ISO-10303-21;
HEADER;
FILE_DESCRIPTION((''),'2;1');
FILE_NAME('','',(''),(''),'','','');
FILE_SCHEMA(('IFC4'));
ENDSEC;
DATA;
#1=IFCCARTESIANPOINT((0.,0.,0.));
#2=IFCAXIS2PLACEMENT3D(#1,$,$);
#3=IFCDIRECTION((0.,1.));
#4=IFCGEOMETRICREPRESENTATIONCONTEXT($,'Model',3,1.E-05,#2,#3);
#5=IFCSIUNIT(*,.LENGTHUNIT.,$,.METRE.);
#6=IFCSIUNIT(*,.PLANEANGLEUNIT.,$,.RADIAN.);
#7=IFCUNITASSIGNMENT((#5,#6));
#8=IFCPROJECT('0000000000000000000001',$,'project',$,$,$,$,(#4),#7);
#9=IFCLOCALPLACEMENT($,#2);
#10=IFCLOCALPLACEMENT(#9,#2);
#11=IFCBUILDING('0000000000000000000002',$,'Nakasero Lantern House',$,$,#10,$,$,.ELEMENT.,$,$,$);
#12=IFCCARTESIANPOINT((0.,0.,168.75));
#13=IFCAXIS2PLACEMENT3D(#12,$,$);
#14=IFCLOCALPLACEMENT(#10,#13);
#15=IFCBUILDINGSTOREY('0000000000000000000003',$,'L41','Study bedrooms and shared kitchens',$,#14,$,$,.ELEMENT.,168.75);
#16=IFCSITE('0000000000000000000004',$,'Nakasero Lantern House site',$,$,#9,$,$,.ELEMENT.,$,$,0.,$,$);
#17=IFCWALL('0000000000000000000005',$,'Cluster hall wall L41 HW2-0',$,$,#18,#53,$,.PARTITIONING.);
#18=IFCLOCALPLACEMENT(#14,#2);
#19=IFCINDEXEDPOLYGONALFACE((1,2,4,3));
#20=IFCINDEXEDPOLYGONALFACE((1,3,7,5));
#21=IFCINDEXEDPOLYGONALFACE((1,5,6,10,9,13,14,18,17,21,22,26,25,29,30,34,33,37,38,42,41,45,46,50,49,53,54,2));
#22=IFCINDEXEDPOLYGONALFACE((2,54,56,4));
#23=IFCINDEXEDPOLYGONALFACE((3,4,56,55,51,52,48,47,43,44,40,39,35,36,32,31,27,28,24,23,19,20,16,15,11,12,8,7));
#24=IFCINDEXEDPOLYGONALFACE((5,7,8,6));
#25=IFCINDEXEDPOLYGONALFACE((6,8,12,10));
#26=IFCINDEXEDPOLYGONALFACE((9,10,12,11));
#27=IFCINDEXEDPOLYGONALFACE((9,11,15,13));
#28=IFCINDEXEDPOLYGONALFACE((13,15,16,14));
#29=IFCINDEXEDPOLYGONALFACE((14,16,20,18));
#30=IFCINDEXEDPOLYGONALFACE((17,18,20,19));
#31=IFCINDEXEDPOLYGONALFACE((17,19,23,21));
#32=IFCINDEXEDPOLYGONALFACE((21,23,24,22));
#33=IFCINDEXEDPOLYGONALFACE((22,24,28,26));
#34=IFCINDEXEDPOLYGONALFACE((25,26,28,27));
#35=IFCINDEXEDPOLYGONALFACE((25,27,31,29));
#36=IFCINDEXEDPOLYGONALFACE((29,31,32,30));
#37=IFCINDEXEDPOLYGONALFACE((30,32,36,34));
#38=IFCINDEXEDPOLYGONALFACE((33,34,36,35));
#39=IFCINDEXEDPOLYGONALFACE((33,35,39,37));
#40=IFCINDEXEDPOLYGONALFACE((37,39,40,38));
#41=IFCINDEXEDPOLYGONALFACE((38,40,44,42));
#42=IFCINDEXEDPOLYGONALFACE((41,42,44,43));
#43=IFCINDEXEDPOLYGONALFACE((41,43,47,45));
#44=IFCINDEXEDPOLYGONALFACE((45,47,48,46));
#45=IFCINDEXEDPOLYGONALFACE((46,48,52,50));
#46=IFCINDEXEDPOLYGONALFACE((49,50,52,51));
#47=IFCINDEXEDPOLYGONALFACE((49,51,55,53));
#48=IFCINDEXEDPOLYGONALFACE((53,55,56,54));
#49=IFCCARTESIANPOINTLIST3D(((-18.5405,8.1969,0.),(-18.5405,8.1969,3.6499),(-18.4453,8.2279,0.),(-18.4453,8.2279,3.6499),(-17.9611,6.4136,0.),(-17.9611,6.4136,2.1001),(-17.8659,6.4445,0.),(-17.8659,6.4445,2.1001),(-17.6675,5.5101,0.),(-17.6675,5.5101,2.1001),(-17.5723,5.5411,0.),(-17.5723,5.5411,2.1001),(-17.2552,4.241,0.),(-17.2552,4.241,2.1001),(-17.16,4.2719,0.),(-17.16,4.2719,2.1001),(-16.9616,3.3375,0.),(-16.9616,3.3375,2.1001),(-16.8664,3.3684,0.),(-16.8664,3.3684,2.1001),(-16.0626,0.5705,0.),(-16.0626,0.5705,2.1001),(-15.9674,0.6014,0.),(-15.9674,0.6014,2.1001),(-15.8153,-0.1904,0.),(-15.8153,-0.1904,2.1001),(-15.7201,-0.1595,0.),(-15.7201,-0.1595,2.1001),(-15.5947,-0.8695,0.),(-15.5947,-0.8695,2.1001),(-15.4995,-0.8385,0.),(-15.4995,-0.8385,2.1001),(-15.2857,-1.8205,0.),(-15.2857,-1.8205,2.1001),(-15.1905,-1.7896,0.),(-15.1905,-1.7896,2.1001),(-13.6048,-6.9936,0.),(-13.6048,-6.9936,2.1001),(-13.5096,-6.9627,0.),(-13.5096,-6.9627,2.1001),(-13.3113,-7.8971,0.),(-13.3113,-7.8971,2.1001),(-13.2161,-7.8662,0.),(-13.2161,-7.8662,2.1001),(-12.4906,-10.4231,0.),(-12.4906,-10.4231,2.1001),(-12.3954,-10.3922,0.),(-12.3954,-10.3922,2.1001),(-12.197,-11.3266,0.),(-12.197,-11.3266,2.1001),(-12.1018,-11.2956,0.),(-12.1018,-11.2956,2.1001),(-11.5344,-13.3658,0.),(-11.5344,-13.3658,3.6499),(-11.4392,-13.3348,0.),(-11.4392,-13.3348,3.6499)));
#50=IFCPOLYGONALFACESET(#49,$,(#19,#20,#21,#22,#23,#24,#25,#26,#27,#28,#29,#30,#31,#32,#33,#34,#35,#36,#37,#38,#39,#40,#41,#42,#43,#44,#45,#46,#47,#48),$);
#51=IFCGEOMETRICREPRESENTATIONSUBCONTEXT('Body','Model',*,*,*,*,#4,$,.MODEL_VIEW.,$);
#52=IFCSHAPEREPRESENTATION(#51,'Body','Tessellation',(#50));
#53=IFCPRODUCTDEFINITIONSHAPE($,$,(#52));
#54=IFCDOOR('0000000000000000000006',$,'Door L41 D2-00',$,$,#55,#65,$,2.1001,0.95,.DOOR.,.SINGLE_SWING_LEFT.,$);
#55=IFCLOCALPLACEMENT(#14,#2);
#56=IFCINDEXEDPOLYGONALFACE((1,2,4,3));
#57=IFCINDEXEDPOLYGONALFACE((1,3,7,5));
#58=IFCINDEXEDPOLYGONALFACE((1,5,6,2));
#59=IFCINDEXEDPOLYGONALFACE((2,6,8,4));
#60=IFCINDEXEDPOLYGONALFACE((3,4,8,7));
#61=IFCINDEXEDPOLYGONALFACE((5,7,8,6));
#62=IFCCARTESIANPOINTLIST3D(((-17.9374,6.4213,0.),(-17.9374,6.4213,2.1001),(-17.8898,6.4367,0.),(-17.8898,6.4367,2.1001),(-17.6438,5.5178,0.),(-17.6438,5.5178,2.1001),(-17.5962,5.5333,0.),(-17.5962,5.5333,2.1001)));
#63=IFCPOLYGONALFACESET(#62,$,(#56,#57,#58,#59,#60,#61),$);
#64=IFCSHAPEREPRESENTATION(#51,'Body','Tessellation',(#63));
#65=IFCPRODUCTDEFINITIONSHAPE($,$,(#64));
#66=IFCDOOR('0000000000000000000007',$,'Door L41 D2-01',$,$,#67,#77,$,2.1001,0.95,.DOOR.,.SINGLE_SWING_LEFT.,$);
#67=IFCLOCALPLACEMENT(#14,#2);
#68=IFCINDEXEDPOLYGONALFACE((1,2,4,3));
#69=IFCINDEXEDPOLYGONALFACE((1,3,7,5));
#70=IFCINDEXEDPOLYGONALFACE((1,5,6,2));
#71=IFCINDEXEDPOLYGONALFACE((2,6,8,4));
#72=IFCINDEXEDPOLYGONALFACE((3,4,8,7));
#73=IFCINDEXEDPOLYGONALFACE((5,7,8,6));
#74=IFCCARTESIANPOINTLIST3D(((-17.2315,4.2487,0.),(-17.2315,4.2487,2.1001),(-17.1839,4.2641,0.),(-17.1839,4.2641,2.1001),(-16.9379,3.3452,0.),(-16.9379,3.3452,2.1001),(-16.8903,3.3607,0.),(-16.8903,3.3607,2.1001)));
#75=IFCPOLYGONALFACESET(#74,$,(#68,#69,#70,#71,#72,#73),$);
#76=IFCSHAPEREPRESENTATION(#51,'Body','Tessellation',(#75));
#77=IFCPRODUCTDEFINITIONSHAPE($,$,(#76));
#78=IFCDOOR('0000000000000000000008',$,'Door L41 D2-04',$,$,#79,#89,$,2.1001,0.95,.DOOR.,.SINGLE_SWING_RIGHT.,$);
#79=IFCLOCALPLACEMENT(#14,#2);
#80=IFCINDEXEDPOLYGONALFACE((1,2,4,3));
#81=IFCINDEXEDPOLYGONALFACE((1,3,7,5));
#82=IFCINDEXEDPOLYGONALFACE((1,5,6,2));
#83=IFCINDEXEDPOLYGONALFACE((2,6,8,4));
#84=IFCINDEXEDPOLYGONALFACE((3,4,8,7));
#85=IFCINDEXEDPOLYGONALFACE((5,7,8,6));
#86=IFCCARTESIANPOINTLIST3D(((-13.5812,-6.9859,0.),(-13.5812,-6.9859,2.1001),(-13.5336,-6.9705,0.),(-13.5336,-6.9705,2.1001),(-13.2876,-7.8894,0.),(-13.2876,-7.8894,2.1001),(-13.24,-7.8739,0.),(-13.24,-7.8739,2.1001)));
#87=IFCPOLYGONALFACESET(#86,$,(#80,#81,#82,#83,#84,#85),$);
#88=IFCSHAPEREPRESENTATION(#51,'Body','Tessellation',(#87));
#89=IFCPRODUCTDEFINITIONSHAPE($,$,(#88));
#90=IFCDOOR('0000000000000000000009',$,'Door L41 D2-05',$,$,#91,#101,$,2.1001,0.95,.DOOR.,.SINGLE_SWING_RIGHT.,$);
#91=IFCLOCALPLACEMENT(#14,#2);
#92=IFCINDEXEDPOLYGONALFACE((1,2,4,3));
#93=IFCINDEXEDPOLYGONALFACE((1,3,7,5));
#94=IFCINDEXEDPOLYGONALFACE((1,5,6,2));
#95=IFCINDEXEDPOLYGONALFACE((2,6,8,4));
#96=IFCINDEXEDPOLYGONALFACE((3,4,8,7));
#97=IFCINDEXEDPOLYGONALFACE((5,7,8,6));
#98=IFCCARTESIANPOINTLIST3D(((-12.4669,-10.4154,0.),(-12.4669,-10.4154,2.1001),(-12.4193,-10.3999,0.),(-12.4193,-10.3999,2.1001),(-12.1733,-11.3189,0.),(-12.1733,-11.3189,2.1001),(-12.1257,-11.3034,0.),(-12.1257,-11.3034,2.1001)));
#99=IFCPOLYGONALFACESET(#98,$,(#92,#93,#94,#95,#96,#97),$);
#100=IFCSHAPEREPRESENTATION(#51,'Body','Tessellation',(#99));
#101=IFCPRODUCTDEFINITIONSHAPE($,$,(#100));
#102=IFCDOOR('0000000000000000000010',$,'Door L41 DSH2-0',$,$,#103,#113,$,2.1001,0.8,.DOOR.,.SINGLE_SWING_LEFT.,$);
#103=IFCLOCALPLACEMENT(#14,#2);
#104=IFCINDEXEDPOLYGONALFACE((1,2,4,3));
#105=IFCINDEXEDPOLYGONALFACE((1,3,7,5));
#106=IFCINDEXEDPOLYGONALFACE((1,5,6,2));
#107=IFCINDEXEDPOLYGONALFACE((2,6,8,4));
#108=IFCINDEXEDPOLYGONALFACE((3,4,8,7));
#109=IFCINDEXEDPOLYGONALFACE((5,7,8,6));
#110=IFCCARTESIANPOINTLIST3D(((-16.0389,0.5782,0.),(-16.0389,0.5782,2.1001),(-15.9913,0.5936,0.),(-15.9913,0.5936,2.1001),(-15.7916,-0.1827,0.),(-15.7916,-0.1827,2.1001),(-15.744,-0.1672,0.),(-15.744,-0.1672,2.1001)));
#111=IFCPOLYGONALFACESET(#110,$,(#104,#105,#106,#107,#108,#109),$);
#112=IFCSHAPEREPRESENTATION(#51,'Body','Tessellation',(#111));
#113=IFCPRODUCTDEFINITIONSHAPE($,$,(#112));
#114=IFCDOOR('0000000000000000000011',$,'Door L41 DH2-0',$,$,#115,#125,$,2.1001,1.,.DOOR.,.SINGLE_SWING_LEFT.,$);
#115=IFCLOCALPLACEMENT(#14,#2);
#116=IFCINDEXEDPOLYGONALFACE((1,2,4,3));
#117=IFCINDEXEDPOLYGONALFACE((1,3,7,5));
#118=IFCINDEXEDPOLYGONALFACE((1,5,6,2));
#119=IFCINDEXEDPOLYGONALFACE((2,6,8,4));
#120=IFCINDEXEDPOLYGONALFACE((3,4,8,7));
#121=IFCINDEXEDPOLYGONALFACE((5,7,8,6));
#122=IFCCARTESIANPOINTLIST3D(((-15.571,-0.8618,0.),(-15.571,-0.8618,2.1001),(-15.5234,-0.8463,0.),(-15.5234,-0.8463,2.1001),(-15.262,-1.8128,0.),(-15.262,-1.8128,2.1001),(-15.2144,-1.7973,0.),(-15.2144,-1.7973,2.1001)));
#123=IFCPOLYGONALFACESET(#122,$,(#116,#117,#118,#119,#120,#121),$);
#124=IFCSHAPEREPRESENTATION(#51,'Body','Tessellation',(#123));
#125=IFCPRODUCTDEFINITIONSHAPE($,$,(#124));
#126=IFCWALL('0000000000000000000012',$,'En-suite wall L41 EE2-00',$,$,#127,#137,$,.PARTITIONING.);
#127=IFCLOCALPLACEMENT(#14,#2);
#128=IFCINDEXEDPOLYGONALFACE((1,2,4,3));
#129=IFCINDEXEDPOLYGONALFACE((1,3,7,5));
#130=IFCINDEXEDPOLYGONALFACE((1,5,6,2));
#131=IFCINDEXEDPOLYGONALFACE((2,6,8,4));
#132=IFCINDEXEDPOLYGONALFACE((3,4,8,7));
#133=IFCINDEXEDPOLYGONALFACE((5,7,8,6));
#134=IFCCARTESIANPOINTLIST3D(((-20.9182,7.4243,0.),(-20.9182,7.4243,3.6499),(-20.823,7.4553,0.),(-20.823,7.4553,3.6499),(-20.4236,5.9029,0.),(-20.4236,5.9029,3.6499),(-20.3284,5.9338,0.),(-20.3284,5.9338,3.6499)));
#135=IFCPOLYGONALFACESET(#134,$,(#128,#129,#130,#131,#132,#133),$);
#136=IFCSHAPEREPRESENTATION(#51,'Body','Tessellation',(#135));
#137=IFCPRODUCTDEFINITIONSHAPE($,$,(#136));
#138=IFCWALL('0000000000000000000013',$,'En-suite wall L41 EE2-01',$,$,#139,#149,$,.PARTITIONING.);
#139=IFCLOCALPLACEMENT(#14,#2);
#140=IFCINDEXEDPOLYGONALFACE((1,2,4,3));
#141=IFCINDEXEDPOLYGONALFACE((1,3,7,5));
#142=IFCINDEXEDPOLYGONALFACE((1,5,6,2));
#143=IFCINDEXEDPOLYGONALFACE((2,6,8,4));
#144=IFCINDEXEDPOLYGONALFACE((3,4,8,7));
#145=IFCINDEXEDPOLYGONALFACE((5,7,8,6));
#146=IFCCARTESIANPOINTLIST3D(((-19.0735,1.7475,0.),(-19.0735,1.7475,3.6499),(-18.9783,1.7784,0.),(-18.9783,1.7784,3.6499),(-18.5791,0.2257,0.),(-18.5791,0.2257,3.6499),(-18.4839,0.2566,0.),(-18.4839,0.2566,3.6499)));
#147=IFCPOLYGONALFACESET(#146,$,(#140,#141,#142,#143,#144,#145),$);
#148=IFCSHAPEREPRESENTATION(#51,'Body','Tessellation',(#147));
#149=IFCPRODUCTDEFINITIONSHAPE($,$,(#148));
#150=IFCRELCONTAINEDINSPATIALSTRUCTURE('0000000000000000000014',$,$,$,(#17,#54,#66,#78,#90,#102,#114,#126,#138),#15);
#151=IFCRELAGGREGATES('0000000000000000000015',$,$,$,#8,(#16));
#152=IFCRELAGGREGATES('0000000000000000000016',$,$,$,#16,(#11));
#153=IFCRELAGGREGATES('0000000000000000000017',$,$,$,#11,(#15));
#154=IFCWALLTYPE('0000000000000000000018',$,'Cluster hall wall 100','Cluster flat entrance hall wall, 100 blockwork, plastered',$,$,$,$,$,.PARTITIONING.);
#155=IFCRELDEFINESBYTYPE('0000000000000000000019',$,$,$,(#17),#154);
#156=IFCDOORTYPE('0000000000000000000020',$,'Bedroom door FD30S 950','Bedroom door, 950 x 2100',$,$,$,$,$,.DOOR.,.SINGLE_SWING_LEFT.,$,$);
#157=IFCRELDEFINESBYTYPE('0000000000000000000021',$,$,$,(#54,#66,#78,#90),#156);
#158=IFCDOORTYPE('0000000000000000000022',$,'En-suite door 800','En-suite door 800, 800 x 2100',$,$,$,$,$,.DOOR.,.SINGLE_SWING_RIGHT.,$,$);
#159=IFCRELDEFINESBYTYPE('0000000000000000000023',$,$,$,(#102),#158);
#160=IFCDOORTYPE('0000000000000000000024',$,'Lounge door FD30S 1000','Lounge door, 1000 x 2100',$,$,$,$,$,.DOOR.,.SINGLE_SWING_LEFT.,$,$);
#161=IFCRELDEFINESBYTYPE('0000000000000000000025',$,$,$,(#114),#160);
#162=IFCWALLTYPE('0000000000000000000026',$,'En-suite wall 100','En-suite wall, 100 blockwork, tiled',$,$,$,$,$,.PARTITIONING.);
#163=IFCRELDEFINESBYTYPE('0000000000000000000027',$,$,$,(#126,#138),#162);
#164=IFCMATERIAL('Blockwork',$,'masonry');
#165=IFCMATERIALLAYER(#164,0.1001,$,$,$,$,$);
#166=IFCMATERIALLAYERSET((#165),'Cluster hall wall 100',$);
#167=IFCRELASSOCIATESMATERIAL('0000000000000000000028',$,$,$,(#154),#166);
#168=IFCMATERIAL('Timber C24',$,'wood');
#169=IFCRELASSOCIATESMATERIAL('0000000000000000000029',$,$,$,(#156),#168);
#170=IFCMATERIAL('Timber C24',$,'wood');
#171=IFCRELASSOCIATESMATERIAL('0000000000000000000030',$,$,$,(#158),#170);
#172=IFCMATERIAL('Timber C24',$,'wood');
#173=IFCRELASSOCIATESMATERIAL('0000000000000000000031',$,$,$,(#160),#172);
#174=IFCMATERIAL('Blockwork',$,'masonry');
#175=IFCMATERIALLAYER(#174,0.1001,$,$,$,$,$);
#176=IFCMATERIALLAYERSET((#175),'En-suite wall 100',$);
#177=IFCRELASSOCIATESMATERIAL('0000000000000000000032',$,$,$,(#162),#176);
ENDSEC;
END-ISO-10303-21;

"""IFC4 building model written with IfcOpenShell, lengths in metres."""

from ifc_helpers import new_model, si_unit, direction, frame, frame_2d, origin, place, context, subcontext, project, spatial, rectangle, extrude, material, layer, layer_set, type_object, element, fill, save


model = new_model("IFC4")

# Units and contexts
model_context = context("Model", 3, precision=1e-05, world=origin(), true_north=direction((0.0, 1.0)))
body_context = subcontext(model_context, "Body", "Model", "MODEL_VIEW")
ifc_project = project(units=[si_unit("LENGTHUNIT", "METRE"), si_unit("PLANEANGLEUNIT", "RADIAN")], contexts=[model_context])

# Site, building, storey
site_placement = place(None, origin())
site = spatial("IfcSite", under=ifc_project, at=site_placement, Name="Nakasero Lantern House site", CompositionType="ELEMENT", RefElevation=0.0)
building_placement = place(site_placement, origin())
building = spatial("IfcBuilding", under=site, at=building_placement, Name="Nakasero Lantern House", CompositionType="ELEMENT")
storey_placement = place(building_placement, frame((0.0, 0.0, 168.75)))
storey = spatial("IfcBuildingStorey", under=building, at=storey_placement, Name="L41", Description="Study bedrooms and shared kitchens", CompositionType="ELEMENT", Elevation=168.75)

# Wall, openings, doors
ifc_material_1 = material(Name="Blockwork", Category="masonry")
ifc_layer_1 = layer(ifc_material_1, 0.1001)
ifc_layer_set_1 = layer_set([ifc_layer_1], Name="Cluster hall wall 100")
wall_type_1 = type_object("IfcWallType", Name="Cluster hall wall 100", Description="Cluster flat entrance hall wall, 100 blockwork, plastered", PredefinedType="PARTITIONING", material=ifc_layer_set_1)
wall_1_placement = place(storey_placement, frame((-18.4929, 8.2124, 0.0), z_axis=(0.0, 0.0, 1.0), x_axis=(0.309015, -0.951057, 0.0)))
wall_1 = element("IfcWall", 1, at=wall_1_placement, inside=storey, type_object=wall_type_1, Name="Cluster hall wall L41 HW2-0", PredefinedType="PARTITIONING", context=body_context, shape_type="SweptSolid", body=[
    extrude(rectangle(XDim=22.6724, YDim=0.1001, at=frame_2d((11.3362, 0.0))), origin(), (0.0, 0.0, 1.0), 3.6499),
])
opening_1_placement = place(wall_1_placement, frame((9.533, 0.0, 0.0)))
opening_1 = element("IfcOpeningElement", 2, at=opening_1_placement, cuts=wall_1, PredefinedType="OPENING", context=body_context, shape_type="SweptSolid", body=[
    extrude(rectangle(XDim=1.0, YDim=2.1001, at=frame_2d((0.5, 1.05))), frame((0.0, 0.0701, 0.0), z_axis=(0.0, -1.0, 0.0), x_axis=(1.0, 0.0, 0.0)), (0.0, 0.0, 1.0), 0.1401),
])
opening_2_placement = place(wall_1_placement, frame((8.019, 0.0, 0.0)))
opening_2 = element("IfcOpeningElement", 3, at=opening_2_placement, cuts=wall_1, PredefinedType="OPENING", context=body_context, shape_type="SweptSolid", body=[
    extrude(rectangle(XDim=0.8, YDim=2.1001, at=frame_2d((0.3999, 1.05))), frame((0.0, 0.0701, 0.0), z_axis=(0.0, -1.0, 0.0), x_axis=(1.0, 0.0, 0.0)), (0.0, 0.0, 1.0), 0.1401),
])
opening_3_placement = place(wall_1_placement, frame((1.875, 0.0, 0.0)))
opening_3 = element("IfcOpeningElement", 4, at=opening_3_placement, cuts=wall_1, PredefinedType="OPENING", context=body_context, shape_type="SweptSolid", body=[
    extrude(rectangle(XDim=0.95, YDim=2.1001, at=frame_2d((0.4751, 1.05))), frame((0.0, 0.0701, 0.0), z_axis=(0.0, -1.0, 0.0), x_axis=(1.0, 0.0, 0.0)), (0.0, 0.0, 1.0), 0.1401),
])
opening_4_placement = place(wall_1_placement, frame((4.1594, 0.0, 0.0)))
opening_4 = element("IfcOpeningElement", 5, at=opening_4_placement, cuts=wall_1, PredefinedType="OPENING", context=body_context, shape_type="SweptSolid", body=[
    extrude(rectangle(XDim=0.95, YDim=2.1001, at=frame_2d((0.4751, 1.05))), frame((0.0, 0.0701, 0.0), z_axis=(0.0, -1.0, 0.0), x_axis=(1.0, 0.0, 0.0)), (0.0, 0.0, 1.0), 0.1401),
])
opening_5_placement = place(wall_1_placement, frame((15.9722, 0.0, 0.0)))
opening_5 = element("IfcOpeningElement", 6, at=opening_5_placement, cuts=wall_1, PredefinedType="OPENING", context=body_context, shape_type="SweptSolid", body=[
    extrude(rectangle(XDim=0.95, YDim=2.1001, at=frame_2d((0.4751, 1.05))), frame((0.0, 0.0701, 0.0), z_axis=(0.0, -1.0, 0.0), x_axis=(1.0, 0.0, 0.0)), (0.0, 0.0, 1.0), 0.1401),
])
opening_6_placement = place(wall_1_placement, frame((19.5781, 0.0, 0.0)))
opening_6 = element("IfcOpeningElement", 7, at=opening_6_placement, cuts=wall_1, PredefinedType="OPENING", context=body_context, shape_type="SweptSolid", body=[
    extrude(rectangle(XDim=0.95, YDim=2.1001, at=frame_2d((0.4751, 1.05))), frame((0.0, 0.0701, 0.0), z_axis=(0.0, -1.0, 0.0), x_axis=(1.0, 0.0, 0.0)), (0.0, 0.0, 1.0), 0.1401),
])
ifc_material_2 = material(Name="Timber C24", Category="wood")
door_type_1 = type_object("IfcDoorType", Name="Bedroom door FD30S 950", Description="Bedroom door, 950 x 2100", OperationType="SINGLE_SWING_LEFT", PredefinedType="DOOR", material=ifc_material_2)
door_1_placement = place(opening_3_placement, origin())
door_1 = element("IfcDoor", 8, at=door_1_placement, inside=storey, type_object=door_type_1, Name="Door L41 D2-00", OperationType="SINGLE_SWING_LEFT", OverallHeight=2.1001, OverallWidth=0.95, PredefinedType="DOOR", context=body_context, shape_type="SweptSolid", body=[
    extrude(rectangle(XDim=0.95, YDim=2.1001, at=frame_2d((0.4751, 1.05))), frame((0.0, 0.0249, 0.0), z_axis=(0.0, -1.0, 0.0), x_axis=(1.0, 0.0, 0.0)), (0.0, 0.0, 1.0), 0.05),
])
fill(opening_3, door_1)
door_2_placement = place(opening_4_placement, origin())
door_2 = element("IfcDoor", 9, at=door_2_placement, inside=storey, type_object=door_type_1, Name="Door L41 D2-01", OperationType="SINGLE_SWING_LEFT", OverallHeight=2.1001, OverallWidth=0.95, PredefinedType="DOOR", context=body_context, shape_type="SweptSolid", body=[
    extrude(rectangle(XDim=0.95, YDim=2.1001, at=frame_2d((0.4751, 1.05))), frame((0.0, 0.0249, 0.0), z_axis=(0.0, -1.0, 0.0), x_axis=(1.0, 0.0, 0.0)), (0.0, 0.0, 1.0), 0.05),
])
fill(opening_4, door_2)
door_3_placement = place(opening_5_placement, origin())
door_3 = element("IfcDoor", 10, at=door_3_placement, inside=storey, type_object=door_type_1, Name="Door L41 D2-04", OperationType="SINGLE_SWING_RIGHT", OverallHeight=2.1001, OverallWidth=0.95, PredefinedType="DOOR", context=body_context, shape_type="SweptSolid", body=[
    extrude(rectangle(XDim=0.95, YDim=2.1001, at=frame_2d((0.4751, 1.05))), frame((0.0, 0.0249, 0.0), z_axis=(0.0, -1.0, 0.0), x_axis=(1.0, 0.0, 0.0)), (0.0, 0.0, 1.0), 0.05),
])
fill(opening_5, door_3)
door_4_placement = place(opening_6_placement, origin())
door_4 = element("IfcDoor", 11, at=door_4_placement, inside=storey, type_object=door_type_1, Name="Door L41 D2-05", OperationType="SINGLE_SWING_RIGHT", OverallHeight=2.1001, OverallWidth=0.95, PredefinedType="DOOR", context=body_context, shape_type="SweptSolid", body=[
    extrude(rectangle(XDim=0.95, YDim=2.1001, at=frame_2d((0.4751, 1.05))), frame((0.0, 0.0249, 0.0), z_axis=(0.0, -1.0, 0.0), x_axis=(1.0, 0.0, 0.0)), (0.0, 0.0, 1.0), 0.05),
])
fill(opening_6, door_4)
ifc_material_3 = material(Name="Timber C24", Category="wood")
door_type_2 = type_object("IfcDoorType", Name="En-suite door 800", Description="En-suite door 800, 800 x 2100", OperationType="SINGLE_SWING_RIGHT", PredefinedType="DOOR", material=ifc_material_3)
door_5_placement = place(opening_2_placement, origin())
door_5 = element("IfcDoor", 12, at=door_5_placement, inside=storey, type_object=door_type_2, Name="Door L41 DSH2-0", OperationType="SINGLE_SWING_LEFT", OverallHeight=2.1001, OverallWidth=0.8, PredefinedType="DOOR", context=body_context, shape_type="SweptSolid", body=[
    extrude(rectangle(XDim=0.8, YDim=2.1001, at=frame_2d((0.3999, 1.05))), frame((0.0, 0.0249, 0.0), z_axis=(0.0, -1.0, 0.0), x_axis=(1.0, 0.0, 0.0)), (0.0, 0.0, 1.0), 0.05),
])
fill(opening_2, door_5)
ifc_material_4 = material(Name="Timber C24", Category="wood")
door_type_3 = type_object("IfcDoorType", Name="Lounge door FD30S 1000", Description="Lounge door, 1000 x 2100", OperationType="SINGLE_SWING_LEFT", PredefinedType="DOOR", material=ifc_material_4)
door_6_placement = place(opening_1_placement, origin())
door_6 = element("IfcDoor", 13, at=door_6_placement, inside=storey, type_object=door_type_3, Name="Door L41 DH2-0", OperationType="SINGLE_SWING_LEFT", OverallHeight=2.1001, OverallWidth=1.0, PredefinedType="DOOR", context=body_context, shape_type="SweptSolid", body=[
    extrude(rectangle(XDim=1.0, YDim=2.1001, at=frame_2d((0.5, 1.05))), frame((0.0, 0.0249, 0.0), z_axis=(0.0, -1.0, 0.0), x_axis=(1.0, 0.0, 0.0)), (0.0, 0.0, 1.0), 0.05),
])
fill(opening_1, door_6)

# Walls
ifc_material_5 = material(Name="Blockwork", Category="masonry")
ifc_layer_2 = layer(ifc_material_5, 0.1001)
ifc_layer_set_2 = layer_set([ifc_layer_2], Name="En-suite wall 100")
wall_type_2 = type_object("IfcWallType", Name="En-suite wall 100", Description="En-suite wall, 100 blockwork, tiled", PredefinedType="PARTITIONING", material=ifc_layer_set_2)
wall_2_placement = place(storey_placement, frame((-20.8706, 7.4397, 0.0), z_axis=(0.0, 0.0, 1.0), x_axis=(0.309169, -0.951007, 0.0)))
element("IfcWall", 14, at=wall_2_placement, inside=storey, type_object=wall_type_2, Name="En-suite wall L41 EE2-00", PredefinedType="PARTITIONING", context=body_context, shape_type="SweptSolid", body=[
    extrude(rectangle(XDim=1.5999, YDim=0.1001, at=frame_2d((0.7998, 0.0))), origin(), (0.0, 0.0, 1.0), 3.6499),
])
wall_3_placement = place(storey_placement, frame((-19.0259, 1.7629, 0.0), z_axis=(0.0, 0.0, 1.0), x_axis=(0.308986, -0.951067, 0.0)))
element("IfcWall", 15, at=wall_3_placement, inside=storey, type_object=wall_type_2, Name="En-suite wall L41 EE2-01", PredefinedType="PARTITIONING", context=body_context, shape_type="SweptSolid", body=[
    extrude(rectangle(XDim=1.6001, YDim=0.1001, at=frame_2d((0.8, 0.0))), origin(), (0.0, 0.0, 1.0), 3.6499),
])

save(model, "model.ifc")
